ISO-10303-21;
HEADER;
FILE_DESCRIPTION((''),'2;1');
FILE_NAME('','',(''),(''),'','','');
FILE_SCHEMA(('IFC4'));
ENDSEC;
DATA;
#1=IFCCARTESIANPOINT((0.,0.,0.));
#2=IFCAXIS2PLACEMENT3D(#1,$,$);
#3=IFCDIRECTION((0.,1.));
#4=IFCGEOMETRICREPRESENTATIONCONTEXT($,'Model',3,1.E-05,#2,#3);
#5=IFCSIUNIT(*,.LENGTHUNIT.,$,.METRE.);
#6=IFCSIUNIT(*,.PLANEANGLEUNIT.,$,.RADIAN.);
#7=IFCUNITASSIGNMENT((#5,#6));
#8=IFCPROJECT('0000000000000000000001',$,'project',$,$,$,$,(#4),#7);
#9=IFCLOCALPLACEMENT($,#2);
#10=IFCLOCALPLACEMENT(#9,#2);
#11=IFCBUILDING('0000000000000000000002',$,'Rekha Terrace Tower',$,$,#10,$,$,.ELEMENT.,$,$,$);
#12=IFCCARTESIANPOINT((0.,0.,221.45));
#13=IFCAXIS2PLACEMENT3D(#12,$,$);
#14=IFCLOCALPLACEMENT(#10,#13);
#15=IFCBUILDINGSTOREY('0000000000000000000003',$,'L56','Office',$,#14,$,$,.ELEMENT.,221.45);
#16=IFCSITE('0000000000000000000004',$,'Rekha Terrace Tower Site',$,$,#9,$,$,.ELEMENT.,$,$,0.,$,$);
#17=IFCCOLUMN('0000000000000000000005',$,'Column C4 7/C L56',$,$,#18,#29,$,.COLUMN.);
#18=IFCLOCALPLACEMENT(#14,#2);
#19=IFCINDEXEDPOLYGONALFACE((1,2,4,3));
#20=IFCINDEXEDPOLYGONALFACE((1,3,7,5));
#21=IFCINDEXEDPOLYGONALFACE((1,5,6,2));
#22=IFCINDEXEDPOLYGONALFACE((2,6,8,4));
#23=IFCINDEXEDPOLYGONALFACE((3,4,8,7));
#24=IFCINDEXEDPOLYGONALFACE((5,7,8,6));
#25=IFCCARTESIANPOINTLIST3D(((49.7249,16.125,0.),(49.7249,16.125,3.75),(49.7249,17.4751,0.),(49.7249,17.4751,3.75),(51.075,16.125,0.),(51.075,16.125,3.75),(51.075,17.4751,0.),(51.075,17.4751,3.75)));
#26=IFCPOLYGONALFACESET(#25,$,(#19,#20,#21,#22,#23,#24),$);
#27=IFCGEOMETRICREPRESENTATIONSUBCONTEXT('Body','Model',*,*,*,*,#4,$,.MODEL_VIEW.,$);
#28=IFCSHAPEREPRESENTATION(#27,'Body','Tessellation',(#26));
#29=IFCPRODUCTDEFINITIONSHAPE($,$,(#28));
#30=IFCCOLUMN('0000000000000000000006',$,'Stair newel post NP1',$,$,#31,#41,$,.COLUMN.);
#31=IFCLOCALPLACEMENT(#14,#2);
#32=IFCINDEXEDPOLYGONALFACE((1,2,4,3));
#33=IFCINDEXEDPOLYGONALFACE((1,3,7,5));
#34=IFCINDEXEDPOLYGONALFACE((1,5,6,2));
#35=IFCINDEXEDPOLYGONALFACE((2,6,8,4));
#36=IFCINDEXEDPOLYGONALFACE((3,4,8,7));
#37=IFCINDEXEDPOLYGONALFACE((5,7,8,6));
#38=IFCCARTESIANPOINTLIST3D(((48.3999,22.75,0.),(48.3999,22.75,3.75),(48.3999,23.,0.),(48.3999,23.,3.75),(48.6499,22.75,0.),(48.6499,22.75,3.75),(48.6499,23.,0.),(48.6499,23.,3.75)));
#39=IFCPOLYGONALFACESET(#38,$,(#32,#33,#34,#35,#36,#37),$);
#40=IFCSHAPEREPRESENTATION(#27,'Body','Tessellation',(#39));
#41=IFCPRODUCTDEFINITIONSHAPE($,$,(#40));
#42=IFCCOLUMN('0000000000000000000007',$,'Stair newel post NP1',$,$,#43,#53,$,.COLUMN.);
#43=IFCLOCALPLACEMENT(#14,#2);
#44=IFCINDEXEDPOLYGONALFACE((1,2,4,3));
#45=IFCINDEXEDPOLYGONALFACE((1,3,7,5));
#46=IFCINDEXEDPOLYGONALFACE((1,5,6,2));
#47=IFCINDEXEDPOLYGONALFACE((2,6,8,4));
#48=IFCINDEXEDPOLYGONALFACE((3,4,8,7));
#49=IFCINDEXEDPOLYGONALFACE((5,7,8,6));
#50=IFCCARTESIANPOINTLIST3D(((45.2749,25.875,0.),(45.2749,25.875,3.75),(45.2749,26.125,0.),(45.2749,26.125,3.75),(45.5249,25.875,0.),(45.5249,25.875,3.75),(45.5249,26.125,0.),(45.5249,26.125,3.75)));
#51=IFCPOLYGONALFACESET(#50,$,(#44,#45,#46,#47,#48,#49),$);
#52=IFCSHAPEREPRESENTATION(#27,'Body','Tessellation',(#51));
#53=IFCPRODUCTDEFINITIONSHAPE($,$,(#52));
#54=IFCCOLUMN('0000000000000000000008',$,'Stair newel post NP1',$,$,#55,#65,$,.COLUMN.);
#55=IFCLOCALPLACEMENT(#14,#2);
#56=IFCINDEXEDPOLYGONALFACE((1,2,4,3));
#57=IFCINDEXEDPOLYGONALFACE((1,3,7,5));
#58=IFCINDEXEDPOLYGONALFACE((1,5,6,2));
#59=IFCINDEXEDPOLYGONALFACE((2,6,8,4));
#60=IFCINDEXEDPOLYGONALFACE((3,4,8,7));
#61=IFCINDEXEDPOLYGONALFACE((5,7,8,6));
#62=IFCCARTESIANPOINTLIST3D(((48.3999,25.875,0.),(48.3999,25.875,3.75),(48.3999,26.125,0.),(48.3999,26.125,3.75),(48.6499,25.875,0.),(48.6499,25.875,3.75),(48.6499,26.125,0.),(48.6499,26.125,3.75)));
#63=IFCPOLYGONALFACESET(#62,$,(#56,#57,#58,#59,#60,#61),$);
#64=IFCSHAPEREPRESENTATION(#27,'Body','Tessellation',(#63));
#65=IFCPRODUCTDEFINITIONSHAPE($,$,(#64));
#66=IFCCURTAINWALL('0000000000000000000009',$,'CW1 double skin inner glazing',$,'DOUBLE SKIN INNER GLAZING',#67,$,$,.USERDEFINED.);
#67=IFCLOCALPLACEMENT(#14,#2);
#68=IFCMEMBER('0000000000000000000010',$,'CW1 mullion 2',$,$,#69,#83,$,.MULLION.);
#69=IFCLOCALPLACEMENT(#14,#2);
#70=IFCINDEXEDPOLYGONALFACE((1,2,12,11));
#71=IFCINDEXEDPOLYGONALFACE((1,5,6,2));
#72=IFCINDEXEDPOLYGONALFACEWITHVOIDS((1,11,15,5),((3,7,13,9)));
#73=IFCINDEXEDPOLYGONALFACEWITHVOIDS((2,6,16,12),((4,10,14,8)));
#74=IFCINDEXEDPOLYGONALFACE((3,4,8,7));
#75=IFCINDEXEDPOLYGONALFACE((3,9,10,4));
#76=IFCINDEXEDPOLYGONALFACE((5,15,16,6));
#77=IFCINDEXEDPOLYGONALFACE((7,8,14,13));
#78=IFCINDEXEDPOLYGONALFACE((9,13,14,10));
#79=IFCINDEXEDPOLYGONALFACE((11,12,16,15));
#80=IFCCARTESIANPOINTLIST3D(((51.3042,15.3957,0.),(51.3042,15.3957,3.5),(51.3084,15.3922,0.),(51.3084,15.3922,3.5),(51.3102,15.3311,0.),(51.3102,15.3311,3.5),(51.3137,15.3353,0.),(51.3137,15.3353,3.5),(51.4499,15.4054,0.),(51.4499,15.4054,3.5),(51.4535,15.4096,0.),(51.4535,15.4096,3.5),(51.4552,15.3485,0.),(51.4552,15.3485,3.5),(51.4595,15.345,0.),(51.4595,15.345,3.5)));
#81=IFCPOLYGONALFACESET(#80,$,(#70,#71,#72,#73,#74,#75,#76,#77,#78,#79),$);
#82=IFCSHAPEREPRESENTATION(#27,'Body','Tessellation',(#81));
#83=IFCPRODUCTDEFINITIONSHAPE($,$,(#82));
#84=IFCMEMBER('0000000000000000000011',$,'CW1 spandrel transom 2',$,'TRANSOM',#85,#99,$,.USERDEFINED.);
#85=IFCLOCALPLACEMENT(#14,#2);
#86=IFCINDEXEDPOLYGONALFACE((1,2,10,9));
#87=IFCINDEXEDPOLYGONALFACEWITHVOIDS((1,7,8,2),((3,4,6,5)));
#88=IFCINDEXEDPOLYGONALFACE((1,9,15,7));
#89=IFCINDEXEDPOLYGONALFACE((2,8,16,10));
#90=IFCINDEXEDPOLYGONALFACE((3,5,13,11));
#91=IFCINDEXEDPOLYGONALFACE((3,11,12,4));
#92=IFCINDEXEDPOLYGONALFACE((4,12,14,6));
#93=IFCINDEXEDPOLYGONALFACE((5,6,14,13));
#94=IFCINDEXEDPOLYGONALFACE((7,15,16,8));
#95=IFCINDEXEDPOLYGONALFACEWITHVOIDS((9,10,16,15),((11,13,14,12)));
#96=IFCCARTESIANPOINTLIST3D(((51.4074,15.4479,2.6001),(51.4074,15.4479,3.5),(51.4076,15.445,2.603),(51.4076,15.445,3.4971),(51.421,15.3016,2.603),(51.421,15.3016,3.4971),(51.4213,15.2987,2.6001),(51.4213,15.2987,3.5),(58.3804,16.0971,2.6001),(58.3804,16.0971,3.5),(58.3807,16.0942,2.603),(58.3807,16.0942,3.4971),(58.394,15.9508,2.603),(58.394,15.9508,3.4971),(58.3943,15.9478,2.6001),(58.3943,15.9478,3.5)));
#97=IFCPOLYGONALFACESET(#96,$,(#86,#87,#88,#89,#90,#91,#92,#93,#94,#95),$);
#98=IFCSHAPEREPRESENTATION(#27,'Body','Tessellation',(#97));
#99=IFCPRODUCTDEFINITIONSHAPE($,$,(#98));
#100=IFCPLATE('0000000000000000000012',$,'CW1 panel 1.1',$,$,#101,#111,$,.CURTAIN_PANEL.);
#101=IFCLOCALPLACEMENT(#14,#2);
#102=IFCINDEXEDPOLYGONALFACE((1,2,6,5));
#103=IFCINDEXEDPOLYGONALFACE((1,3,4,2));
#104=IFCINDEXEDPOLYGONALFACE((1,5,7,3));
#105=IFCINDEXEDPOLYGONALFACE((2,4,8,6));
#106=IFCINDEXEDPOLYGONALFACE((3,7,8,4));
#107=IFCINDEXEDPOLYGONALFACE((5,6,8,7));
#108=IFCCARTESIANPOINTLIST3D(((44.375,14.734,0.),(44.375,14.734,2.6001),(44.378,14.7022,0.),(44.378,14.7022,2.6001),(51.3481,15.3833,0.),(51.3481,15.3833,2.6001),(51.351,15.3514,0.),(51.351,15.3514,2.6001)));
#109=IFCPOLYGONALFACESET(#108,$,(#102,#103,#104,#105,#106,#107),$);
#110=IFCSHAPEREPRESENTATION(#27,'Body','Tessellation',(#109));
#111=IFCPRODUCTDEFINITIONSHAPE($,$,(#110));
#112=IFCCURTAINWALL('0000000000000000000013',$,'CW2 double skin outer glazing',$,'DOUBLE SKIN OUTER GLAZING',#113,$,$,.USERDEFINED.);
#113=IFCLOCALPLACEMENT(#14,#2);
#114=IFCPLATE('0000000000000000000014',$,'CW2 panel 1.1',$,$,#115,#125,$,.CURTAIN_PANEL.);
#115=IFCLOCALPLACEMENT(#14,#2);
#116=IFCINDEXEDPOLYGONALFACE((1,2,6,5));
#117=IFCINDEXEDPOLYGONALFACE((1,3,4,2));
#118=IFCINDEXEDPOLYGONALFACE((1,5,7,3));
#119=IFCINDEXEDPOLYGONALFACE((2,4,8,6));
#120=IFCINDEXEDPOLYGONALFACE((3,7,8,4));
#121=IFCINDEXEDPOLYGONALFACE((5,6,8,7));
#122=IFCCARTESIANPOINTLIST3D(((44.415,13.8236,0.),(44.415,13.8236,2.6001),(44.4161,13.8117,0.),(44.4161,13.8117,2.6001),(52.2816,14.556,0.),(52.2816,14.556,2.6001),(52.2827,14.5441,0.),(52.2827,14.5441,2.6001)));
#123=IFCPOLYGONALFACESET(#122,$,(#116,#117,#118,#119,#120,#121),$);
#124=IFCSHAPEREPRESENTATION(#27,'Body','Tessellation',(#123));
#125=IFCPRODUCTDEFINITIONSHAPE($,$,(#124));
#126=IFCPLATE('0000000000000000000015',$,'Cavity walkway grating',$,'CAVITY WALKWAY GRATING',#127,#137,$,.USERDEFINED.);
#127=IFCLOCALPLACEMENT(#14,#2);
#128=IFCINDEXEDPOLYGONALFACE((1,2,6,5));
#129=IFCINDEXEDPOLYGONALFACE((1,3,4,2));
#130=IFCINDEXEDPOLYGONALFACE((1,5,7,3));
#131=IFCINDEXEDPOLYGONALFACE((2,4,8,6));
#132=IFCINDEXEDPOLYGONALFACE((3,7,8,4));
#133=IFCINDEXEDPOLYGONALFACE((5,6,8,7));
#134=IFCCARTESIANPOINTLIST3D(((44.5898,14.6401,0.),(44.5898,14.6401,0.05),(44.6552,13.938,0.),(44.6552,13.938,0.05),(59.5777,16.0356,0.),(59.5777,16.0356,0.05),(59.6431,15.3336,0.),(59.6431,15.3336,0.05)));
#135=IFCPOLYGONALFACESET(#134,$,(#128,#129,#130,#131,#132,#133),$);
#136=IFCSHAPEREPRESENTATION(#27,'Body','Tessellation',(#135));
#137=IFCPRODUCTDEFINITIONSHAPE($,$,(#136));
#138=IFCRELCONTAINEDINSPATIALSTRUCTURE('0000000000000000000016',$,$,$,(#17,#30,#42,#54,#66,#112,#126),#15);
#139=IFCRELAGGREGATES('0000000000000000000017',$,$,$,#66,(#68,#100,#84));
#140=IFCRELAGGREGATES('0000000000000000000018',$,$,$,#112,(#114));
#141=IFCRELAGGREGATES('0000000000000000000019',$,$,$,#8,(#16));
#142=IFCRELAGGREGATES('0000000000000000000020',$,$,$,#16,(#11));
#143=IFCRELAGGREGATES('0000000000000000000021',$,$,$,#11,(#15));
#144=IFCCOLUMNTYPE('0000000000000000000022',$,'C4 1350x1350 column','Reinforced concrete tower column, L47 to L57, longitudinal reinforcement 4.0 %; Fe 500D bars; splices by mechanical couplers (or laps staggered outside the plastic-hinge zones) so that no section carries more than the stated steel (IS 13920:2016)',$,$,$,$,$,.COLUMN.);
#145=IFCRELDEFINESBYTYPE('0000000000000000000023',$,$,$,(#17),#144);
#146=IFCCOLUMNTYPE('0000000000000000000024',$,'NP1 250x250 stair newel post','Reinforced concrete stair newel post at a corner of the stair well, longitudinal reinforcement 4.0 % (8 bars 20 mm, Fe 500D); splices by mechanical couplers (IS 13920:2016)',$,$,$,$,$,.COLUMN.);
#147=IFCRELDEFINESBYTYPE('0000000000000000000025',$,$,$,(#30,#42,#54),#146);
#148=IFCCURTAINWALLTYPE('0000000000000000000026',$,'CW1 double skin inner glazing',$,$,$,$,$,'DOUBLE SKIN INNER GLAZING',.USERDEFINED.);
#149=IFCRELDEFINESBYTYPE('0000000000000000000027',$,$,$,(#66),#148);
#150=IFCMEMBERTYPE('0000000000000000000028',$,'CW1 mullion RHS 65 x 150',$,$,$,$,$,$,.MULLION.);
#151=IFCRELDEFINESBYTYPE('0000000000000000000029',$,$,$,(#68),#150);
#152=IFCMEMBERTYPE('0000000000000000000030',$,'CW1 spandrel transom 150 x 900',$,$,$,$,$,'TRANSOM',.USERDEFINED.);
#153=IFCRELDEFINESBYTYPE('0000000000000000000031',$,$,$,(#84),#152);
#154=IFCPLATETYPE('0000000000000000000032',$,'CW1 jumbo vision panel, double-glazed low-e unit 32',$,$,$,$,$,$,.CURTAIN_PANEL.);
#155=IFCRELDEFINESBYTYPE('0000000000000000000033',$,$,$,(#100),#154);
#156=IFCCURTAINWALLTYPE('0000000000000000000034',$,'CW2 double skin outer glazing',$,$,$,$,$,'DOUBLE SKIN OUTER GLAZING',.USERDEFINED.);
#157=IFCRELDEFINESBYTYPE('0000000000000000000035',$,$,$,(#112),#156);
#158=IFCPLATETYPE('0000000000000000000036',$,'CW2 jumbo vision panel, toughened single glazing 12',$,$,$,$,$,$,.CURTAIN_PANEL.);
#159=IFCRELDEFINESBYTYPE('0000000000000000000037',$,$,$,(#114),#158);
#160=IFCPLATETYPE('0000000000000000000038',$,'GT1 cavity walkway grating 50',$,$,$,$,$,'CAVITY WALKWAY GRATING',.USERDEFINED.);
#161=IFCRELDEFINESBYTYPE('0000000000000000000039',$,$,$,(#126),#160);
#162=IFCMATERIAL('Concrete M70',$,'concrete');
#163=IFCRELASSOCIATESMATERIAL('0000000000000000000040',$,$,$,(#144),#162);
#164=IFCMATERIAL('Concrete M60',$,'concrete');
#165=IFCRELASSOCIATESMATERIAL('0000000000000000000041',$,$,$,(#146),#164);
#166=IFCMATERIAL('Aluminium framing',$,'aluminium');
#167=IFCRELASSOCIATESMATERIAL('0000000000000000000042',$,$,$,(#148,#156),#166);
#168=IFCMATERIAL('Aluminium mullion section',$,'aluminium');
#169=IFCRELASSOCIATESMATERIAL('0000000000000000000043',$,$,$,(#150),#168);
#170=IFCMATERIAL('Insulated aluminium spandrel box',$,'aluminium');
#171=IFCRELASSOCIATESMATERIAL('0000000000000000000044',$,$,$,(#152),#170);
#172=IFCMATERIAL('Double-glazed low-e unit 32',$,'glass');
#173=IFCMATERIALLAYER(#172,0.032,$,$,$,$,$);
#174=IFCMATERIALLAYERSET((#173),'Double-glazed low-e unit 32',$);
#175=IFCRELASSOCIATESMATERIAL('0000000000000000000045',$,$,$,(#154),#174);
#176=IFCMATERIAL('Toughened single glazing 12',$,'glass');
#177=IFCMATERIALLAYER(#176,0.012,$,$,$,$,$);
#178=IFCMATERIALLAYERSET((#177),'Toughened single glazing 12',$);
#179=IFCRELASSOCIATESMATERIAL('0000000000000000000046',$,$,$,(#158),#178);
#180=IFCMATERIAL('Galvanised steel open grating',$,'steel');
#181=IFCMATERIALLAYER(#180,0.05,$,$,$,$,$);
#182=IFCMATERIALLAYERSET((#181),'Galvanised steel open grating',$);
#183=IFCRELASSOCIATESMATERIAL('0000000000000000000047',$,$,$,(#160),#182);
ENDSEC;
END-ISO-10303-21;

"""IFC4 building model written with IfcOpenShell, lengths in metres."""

from ifc_helpers import new_model, si_unit, direction, frame, origin, origin_2d, place, context, subcontext, project, spatial, rectangle, hollow_rectangle, extrude, material, layer, layer_set, material_profile, profile_set, type_object, element, aggregate, save


model = new_model("IFC4")

# Units and contexts
model_context = context("Model", 3, precision=1e-05, world=origin(), true_north=direction((0.0, 1.0)))
body_context = subcontext(model_context, "Body", "Model", "MODEL_VIEW")
ifc_project = project(units=[si_unit("LENGTHUNIT", "METRE"), si_unit("PLANEANGLEUNIT", "RADIAN")], contexts=[model_context])

# Site, building, storey
site_placement = place(None, origin())
site = spatial("IfcSite", under=ifc_project, at=site_placement, Name="Rekha Terrace Tower Site", CompositionType="ELEMENT", RefElevation=0.0)
building_placement = place(site_placement, origin())
building = spatial("IfcBuilding", under=site, at=building_placement, Name="Rekha Terrace Tower", CompositionType="ELEMENT")
storey_placement = place(building_placement, frame((0.0, 0.0, 221.45)))
storey = spatial("IfcBuildingStorey", under=building, at=storey_placement, Name="L56", Description="Office", CompositionType="ELEMENT", Elevation=221.45)

# Columns
ifc_material_1 = material(Name="Concrete M70", Category="concrete")
ifc_material_profile_1 = material_profile(ifc_material_1, rectangle(XDim=1.3501, YDim=1.3501, at=origin_2d()), Name="RC 1350x1350")
ifc_profile_set_1 = profile_set([ifc_material_profile_1], Name="Concrete M70")
column_type_1 = type_object("IfcColumnType", Name="C4 1350x1350 column", Description="Reinforced concrete tower column, L47 to L57, longitudinal reinforcement 4.0 %; Fe 500D bars; splices by mechanical couplers (or laps staggered outside the plastic-hinge zones) so that no section carries more than the stated steel (IS 13920:2016)", PredefinedType="COLUMN", material=ifc_profile_set_1)
column_placement = place(storey_placement, frame((50.3999, 16.8, 0.0), z_axis=(0.0, 0.0, 1.0), x_axis=(1.0, 0.0, 0.0)))
element("IfcColumn", 1, at=column_placement, inside=storey, type_object=column_type_1, Name="Column C4 7/C L56", PredefinedType="COLUMN", context=body_context, shape_type="SweptSolid", body=[
    extrude(rectangle(XDim=1.3501, YDim=1.3501, at=origin_2d()), origin(), (0.0, 0.0, 1.0), 3.75),
])
ifc_material_2 = material(Name="Concrete M60", Category="concrete")
ifc_material_profile_2 = material_profile(ifc_material_2, rectangle(XDim=0.25, YDim=0.25, at=origin_2d()), Name="RC 250x250")
ifc_profile_set_2 = profile_set([ifc_material_profile_2], Name="Concrete M60")
column_type_2 = type_object("IfcColumnType", Name="NP1 250x250 stair newel post", Description="Reinforced concrete stair newel post at a corner of the stair well, longitudinal reinforcement 4.0 % (8 bars 20 mm, Fe 500D); splices by mechanical couplers (IS 13920:2016)", PredefinedType="COLUMN", material=ifc_profile_set_2)
for number, where, z_axis, x_axis, name in (
    (2, (48.5249, 22.875, 0.0), (0.0, 0.0, 1.0), (1.0, 0.0, 0.0), "Stair newel post NP1"),
    (3, (45.3999, 26.0, 0.0), (0.0, 0.0, 1.0), (1.0, 0.0, 0.0), "Stair newel post NP1"),
    (4, (48.5249, 26.0, 0.0), (0.0, 0.0, 1.0), (1.0, 0.0, 0.0), "Stair newel post NP1"),
):
    element("IfcColumn", number, at=place(storey_placement, frame(where, z_axis=z_axis, x_axis=x_axis)), inside=storey, type_object=column_type_2, Name=name, PredefinedType="COLUMN", context=body_context, shape_type="SweptSolid", body=[
        extrude(rectangle(XDim=0.25, YDim=0.25, at=origin_2d()), origin(), (0.0, 0.0, 1.0), 3.75),
    ])

# Curtain wall, members, plate
ifc_material_3 = material(Name="Aluminium framing", Category="aluminium")
curtain_wall_type_1 = type_object("IfcCurtainWallType", Name="CW1 double skin inner glazing", ElementType="DOUBLE SKIN INNER GLAZING", PredefinedType="USERDEFINED", material=ifc_material_3)
curtain_wall_1_placement = place(storey_placement, origin())
curtain_wall_1 = element("IfcCurtainWall", 5, at=curtain_wall_1_placement, inside=storey, type_object=curtain_wall_type_1, Name="CW1 double skin inner glazing", ObjectType="DOUBLE SKIN INNER GLAZING", PredefinedType="USERDEFINED")
ifc_material_4 = material(Name="Aluminium mullion section", Category="aluminium")
ifc_material_profile_3 = material_profile(ifc_material_4, hollow_rectangle(XDim=0.0649, YDim=0.1499, WallThickness=0.0039, at=origin_2d()), Name="AL RHS 65x150")
ifc_profile_set_3 = profile_set([ifc_material_profile_3], Name="Aluminium mullion section")
member_type_1 = type_object("IfcMemberType", Name="CW1 mullion RHS 65 x 150", PredefinedType="MULLION", material=ifc_profile_set_3)
member_1_placement = place(storey_placement, frame((51.3818, 15.3704, 0.0), z_axis=(0.0, 0.0, 1.0), x_axis=(-0.092709, 0.995693, 0.0)))
member_1 = element("IfcMember", 6, at=member_1_placement, type_object=member_type_1, Name="CW1 mullion 2", PredefinedType="MULLION", context=body_context, shape_type="SweptSolid", body=[
    extrude(hollow_rectangle(XDim=0.0649, YDim=0.1499, WallThickness=0.0039, at=origin_2d()), origin(), (0.0, 0.0, 1.0), 3.5),
])
ifc_material_5 = material(Name="Insulated aluminium spandrel box", Category="aluminium")
ifc_material_profile_4 = material_profile(ifc_material_5, hollow_rectangle(XDim=0.1499, YDim=0.8999, WallThickness=0.0029, at=origin_2d()), Name="AL SPANDREL BOX 150x900")
ifc_profile_set_4 = profile_set([ifc_material_profile_4], Name="Insulated aluminium spandrel box")
member_type_2 = type_object("IfcMemberType", Name="CW1 spandrel transom 150 x 900", ElementType="TRANSOM", PredefinedType="USERDEFINED", material=ifc_profile_set_4)
member_2_placement = place(storey_placement, frame((51.4143, 15.3733, 3.05), z_axis=(0.995694, 0.092698, 0.0), x_axis=(-0.092698, 0.995694, 0.0)))
member_2 = element("IfcMember", 7, at=member_2_placement, type_object=member_type_2, Name="CW1 spandrel transom 2", ObjectType="TRANSOM", PredefinedType="USERDEFINED", context=body_context, shape_type="SweptSolid", body=[
    extrude(hollow_rectangle(XDim=0.1499, YDim=0.8999, WallThickness=0.0029, at=origin_2d()), origin(), (0.0, 0.0, 1.0), 7.0032),
])
ifc_material_6 = material(Name="Double-glazed low-e unit 32", Category="glass")
ifc_layer_1 = layer(ifc_material_6, 0.032)
ifc_layer_set_1 = layer_set([ifc_layer_1], Name="Double-glazed low-e unit 32")
plate_type_1 = type_object("IfcPlateType", Name="CW1 jumbo vision panel, double-glazed low-e unit 32", PredefinedType="CURTAIN_PANEL", material=ifc_layer_set_1)
plate_1_placement = place(storey_placement, frame((47.863, 15.0427, 0.0), z_axis=(0.0, 0.0, 1.0), x_axis=(0.995693, 0.092709, 0.0)))
plate_1 = element("IfcPlate", 8, at=plate_1_placement, type_object=plate_type_1, Name="CW1 panel 1.1", PredefinedType="CURTAIN_PANEL", context=body_context, shape_type="SweptSolid", body=[
    extrude(rectangle(XDim=7.0032, YDim=0.032, at=origin_2d()), origin(), (0.0, 0.0, 1.0), 2.6001),
])
aggregate(curtain_wall_1, [member_1, plate_1, member_2])

# Curtain wall, plate
curtain_wall_type_2 = type_object("IfcCurtainWallType", Name="CW2 double skin outer glazing", ElementType="DOUBLE SKIN OUTER GLAZING", PredefinedType="USERDEFINED", material=ifc_material_3)
curtain_wall_2_placement = place(storey_placement, origin())
curtain_wall_2 = element("IfcCurtainWall", 9, at=curtain_wall_2_placement, inside=storey, type_object=curtain_wall_type_2, Name="CW2 double skin outer glazing", ObjectType="DOUBLE SKIN OUTER GLAZING", PredefinedType="USERDEFINED")
ifc_material_7 = material(Name="Toughened single glazing 12", Category="glass")
ifc_layer_2 = layer(ifc_material_7, 0.012)
ifc_layer_set_2 = layer_set([ifc_layer_2], Name="Toughened single glazing 12")
plate_type_2 = type_object("IfcPlateType", Name="CW2 jumbo vision panel, toughened single glazing 12", PredefinedType="CURTAIN_PANEL", material=ifc_layer_set_2)
plate_2_placement = place(storey_placement, frame((48.3489, 14.1838, 0.0), z_axis=(0.0, 0.0, 1.0), x_axis=(0.995693, 0.092709, 0.0)))
plate_2 = element("IfcPlate", 10, at=plate_2_placement, type_object=plate_type_2, Name="CW2 panel 1.1", PredefinedType="CURTAIN_PANEL", context=body_context, shape_type="SweptSolid", body=[
    extrude(rectangle(XDim=7.9006, YDim=0.012, at=origin_2d()), origin(), (0.0, 0.0, 1.0), 2.6001),
])
aggregate(curtain_wall_2, [plate_2])

# Plate
ifc_material_8 = material(Name="Galvanised steel open grating", Category="steel")
ifc_layer_3 = layer(ifc_material_8, 0.05)
ifc_layer_set_3 = layer_set([ifc_layer_3], Name="Galvanised steel open grating")
plate_type_3 = type_object("IfcPlateType", Name="GT1 cavity walkway grating 50", ElementType="CAVITY WALKWAY GRATING", PredefinedType="USERDEFINED", material=ifc_layer_set_3)
plate_3_placement = place(storey_placement, frame((52.1165, 14.9868, 0.0), z_axis=(0.0, 0.0, 1.0), x_axis=(0.995693, 0.092709, 0.0)))
element("IfcPlate", 11, at=plate_3_placement, inside=storey, type_object=plate_type_3, Name="Cavity walkway grating", ObjectType="CAVITY WALKWAY GRATING", PredefinedType="USERDEFINED", context=body_context, shape_type="SweptSolid", body=[
    extrude(rectangle(XDim=15.0527, YDim=0.7051, at=origin_2d()), origin(), (0.0, 0.0, 1.0), 0.05),
])

save(model, "model.ifc")
